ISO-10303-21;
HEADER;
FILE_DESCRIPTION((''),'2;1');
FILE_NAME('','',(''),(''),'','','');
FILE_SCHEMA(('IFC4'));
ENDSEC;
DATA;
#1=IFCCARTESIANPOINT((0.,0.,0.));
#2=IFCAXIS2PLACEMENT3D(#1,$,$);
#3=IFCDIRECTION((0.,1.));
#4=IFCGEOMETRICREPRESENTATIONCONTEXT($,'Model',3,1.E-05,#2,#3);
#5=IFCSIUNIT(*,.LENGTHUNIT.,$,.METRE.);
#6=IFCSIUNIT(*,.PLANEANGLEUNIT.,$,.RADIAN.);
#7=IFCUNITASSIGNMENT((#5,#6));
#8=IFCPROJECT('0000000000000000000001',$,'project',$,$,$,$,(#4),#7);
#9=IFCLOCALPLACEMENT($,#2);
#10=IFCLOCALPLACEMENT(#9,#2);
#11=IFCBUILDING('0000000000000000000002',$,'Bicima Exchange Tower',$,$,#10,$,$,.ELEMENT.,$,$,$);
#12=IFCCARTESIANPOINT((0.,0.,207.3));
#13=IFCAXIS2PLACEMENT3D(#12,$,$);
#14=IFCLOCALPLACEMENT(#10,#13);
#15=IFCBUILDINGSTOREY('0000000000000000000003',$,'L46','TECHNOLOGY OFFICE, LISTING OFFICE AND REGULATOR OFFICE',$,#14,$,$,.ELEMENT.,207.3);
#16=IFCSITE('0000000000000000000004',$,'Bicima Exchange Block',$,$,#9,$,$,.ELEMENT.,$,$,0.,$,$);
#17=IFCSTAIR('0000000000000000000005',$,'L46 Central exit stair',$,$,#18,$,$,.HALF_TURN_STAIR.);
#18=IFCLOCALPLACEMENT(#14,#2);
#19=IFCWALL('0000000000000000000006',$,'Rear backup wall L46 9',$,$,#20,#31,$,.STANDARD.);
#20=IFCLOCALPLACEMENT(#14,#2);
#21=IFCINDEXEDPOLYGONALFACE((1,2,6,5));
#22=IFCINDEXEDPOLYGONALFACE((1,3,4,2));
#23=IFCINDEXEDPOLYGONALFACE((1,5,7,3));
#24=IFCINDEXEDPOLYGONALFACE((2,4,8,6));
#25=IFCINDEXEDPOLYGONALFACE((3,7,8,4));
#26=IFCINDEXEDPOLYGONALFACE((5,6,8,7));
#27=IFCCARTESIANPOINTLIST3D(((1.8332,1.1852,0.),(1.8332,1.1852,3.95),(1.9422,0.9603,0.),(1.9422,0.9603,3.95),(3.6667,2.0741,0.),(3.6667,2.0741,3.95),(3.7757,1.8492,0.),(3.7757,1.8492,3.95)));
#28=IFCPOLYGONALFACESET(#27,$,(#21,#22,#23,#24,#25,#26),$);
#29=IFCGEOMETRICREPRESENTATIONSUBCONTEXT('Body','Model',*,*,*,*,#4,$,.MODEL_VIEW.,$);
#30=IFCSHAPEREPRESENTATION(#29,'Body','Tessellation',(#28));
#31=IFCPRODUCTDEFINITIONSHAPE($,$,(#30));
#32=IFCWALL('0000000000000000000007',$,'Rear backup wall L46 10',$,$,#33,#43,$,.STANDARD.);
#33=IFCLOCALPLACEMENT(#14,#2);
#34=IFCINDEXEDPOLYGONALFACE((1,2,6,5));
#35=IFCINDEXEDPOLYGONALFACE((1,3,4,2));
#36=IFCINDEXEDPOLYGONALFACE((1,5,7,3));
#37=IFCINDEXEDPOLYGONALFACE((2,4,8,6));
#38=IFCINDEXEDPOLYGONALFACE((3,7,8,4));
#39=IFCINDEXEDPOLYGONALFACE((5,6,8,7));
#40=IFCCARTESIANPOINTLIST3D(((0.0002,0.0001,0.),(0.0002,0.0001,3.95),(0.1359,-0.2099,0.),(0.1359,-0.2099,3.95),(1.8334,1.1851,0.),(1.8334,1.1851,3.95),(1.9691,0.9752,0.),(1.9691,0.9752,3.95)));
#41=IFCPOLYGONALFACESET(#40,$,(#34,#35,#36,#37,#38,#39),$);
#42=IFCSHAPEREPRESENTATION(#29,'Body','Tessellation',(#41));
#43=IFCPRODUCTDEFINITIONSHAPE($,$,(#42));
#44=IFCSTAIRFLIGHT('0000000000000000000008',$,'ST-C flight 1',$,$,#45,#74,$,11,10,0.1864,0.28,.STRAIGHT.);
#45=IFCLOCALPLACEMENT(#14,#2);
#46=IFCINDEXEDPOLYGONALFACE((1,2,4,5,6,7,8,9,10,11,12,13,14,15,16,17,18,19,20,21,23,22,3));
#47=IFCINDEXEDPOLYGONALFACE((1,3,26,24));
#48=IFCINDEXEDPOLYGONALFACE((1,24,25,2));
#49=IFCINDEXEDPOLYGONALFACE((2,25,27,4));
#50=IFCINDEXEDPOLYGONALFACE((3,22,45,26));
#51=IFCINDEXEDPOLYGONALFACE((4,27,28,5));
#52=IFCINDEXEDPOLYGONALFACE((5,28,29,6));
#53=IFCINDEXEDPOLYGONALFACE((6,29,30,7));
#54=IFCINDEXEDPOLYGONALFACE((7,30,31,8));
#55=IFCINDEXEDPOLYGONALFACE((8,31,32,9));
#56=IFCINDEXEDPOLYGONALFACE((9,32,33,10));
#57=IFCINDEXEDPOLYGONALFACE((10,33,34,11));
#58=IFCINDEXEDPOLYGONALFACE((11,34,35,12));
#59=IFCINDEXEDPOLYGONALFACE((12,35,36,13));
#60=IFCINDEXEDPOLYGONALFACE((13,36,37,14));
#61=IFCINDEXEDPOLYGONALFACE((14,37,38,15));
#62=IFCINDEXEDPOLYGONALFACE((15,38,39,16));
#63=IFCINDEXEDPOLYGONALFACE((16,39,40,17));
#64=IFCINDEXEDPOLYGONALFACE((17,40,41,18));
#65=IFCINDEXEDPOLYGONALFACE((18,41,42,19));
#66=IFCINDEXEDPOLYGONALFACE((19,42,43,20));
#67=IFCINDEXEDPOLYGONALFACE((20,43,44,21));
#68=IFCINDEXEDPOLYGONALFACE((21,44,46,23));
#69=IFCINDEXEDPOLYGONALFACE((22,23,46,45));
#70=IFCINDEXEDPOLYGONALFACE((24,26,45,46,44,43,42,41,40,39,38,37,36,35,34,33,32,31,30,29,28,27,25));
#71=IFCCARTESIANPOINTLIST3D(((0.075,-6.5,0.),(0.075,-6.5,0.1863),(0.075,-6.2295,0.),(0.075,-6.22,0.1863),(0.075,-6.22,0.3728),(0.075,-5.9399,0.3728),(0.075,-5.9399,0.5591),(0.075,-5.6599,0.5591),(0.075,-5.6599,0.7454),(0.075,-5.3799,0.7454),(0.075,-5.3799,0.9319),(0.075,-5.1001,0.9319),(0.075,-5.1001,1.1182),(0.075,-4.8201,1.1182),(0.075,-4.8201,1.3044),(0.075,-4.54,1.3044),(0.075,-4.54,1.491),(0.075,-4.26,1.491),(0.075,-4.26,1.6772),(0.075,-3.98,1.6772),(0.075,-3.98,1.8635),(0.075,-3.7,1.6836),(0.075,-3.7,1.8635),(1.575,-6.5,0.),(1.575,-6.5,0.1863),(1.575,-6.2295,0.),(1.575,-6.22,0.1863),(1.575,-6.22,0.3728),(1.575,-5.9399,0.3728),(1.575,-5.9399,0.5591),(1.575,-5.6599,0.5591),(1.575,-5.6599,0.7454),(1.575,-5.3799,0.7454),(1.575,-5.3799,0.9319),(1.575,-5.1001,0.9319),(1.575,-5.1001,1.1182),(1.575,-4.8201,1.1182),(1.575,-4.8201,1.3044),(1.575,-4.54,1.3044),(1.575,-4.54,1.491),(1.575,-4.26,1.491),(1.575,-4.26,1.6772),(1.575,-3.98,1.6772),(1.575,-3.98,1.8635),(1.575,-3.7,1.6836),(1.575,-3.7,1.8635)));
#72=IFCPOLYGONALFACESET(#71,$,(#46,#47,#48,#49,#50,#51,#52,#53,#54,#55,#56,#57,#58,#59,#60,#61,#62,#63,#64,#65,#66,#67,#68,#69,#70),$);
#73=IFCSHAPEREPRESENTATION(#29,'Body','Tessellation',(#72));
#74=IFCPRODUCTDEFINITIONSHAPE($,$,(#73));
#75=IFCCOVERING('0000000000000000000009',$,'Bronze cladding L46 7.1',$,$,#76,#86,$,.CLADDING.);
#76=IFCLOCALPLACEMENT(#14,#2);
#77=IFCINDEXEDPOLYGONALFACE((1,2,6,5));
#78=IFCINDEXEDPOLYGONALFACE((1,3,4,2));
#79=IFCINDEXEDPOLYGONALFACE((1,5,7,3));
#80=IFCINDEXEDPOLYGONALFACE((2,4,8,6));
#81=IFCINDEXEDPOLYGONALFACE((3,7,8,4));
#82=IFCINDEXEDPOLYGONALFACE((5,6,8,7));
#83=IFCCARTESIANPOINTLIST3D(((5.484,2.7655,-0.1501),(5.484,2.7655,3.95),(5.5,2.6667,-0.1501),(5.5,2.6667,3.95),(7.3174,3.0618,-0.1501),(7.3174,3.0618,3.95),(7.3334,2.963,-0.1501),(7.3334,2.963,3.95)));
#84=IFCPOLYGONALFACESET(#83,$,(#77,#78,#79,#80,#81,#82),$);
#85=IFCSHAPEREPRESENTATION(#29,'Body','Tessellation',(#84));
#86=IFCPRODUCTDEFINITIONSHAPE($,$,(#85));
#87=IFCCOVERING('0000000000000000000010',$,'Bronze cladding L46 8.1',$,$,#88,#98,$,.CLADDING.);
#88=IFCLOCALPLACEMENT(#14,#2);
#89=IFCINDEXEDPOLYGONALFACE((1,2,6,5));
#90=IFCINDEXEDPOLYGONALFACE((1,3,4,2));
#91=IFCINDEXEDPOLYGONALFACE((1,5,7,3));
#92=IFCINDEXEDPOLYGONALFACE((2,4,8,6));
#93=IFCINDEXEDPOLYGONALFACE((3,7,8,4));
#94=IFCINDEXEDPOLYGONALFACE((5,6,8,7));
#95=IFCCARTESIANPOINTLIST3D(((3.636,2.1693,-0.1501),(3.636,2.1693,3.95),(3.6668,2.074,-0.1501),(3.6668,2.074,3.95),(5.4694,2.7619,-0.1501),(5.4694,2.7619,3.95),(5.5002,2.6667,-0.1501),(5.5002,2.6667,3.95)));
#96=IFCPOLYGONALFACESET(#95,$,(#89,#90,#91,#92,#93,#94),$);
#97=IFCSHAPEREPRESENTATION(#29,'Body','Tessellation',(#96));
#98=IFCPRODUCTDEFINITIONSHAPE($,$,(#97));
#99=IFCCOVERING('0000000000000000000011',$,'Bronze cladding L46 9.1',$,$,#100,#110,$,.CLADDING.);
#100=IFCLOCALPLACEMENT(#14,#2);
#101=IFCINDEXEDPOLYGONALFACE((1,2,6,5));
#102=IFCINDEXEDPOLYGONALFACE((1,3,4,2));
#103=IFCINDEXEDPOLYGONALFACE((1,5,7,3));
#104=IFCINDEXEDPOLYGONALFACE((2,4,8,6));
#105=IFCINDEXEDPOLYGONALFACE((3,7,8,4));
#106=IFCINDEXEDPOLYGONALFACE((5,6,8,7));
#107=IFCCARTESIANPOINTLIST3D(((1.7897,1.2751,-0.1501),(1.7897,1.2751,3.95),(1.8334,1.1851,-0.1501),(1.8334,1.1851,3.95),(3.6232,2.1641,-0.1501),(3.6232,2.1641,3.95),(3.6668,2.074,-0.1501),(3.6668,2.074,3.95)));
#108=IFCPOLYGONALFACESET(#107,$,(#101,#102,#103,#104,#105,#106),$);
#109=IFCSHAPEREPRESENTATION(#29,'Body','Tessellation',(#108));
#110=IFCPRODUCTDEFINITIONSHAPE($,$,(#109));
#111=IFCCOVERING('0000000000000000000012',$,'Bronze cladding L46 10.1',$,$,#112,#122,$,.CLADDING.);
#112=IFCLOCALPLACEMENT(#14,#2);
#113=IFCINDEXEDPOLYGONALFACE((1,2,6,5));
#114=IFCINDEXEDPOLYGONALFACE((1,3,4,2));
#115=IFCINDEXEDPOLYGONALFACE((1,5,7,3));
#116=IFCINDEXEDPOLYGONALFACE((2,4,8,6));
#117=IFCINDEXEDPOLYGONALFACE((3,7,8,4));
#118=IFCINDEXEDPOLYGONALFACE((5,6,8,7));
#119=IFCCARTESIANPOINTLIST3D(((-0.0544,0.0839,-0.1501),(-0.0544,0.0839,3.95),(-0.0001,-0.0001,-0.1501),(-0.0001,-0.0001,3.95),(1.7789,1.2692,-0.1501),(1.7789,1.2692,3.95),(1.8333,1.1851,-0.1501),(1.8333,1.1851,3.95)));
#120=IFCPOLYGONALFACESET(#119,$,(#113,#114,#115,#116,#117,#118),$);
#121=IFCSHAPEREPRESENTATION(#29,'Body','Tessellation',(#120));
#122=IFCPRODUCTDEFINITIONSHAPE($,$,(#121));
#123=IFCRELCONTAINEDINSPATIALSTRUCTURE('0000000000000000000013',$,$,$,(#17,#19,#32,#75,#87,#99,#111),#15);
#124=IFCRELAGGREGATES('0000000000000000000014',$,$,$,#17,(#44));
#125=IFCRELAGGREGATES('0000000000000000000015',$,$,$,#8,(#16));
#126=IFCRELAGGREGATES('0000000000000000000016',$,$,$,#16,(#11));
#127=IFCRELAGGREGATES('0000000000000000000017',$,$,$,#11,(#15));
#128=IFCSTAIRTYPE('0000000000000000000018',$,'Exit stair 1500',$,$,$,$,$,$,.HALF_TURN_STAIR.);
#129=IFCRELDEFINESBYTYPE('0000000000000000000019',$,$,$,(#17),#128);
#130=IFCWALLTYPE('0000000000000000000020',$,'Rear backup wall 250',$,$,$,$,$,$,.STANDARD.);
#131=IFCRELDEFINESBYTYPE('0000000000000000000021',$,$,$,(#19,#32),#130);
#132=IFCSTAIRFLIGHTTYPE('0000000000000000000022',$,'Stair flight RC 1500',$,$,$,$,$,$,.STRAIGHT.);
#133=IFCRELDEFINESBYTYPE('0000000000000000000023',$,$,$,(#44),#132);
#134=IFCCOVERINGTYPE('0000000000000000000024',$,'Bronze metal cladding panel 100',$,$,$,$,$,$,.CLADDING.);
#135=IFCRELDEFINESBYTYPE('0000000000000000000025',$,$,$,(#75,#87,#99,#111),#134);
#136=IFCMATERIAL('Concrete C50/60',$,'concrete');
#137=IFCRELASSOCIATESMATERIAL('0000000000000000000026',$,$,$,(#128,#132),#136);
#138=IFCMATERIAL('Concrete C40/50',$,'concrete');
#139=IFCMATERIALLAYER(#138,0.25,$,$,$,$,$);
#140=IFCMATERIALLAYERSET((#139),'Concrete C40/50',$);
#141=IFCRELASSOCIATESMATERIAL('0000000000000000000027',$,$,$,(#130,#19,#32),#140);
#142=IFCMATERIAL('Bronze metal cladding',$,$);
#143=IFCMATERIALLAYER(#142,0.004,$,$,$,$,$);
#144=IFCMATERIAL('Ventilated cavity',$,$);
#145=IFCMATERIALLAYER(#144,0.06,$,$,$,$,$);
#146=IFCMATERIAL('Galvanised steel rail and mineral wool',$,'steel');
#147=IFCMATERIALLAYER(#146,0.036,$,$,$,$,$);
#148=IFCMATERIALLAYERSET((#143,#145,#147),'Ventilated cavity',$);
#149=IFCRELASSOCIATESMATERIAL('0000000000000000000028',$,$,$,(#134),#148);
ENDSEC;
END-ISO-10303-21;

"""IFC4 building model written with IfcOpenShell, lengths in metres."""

from ifc_helpers import new_model, si_unit, direction, frame, frame_2d, origin, origin_2d, place, context, subcontext, project, spatial, polyline, rectangle, outline, extrude, material, layer, layer_set, layer_usage, type_object, element, aggregate, save


model = new_model("IFC4")

# Units and contexts
model_context = context("Model", 3, precision=1e-05, world=origin(), true_north=direction((0.0, 1.0)))
body_context = subcontext(model_context, "Body", "Model", "MODEL_VIEW")
ifc_project = project(units=[si_unit("LENGTHUNIT", "METRE"), si_unit("PLANEANGLEUNIT", "RADIAN")], contexts=[model_context])

# Site, building, storey
site_placement = place(None, origin())
site = spatial("IfcSite", under=ifc_project, at=site_placement, Name="Bicima Exchange Block", CompositionType="ELEMENT", RefElevation=0.0)
building_placement = place(site_placement, origin())
building = spatial("IfcBuilding", under=site, at=building_placement, Name="Bicima Exchange Tower", CompositionType="ELEMENT")
storey_placement = place(building_placement, frame((0.0, 0.0, 207.3)))
storey = spatial("IfcBuildingStorey", under=building, at=storey_placement, Name="L46", Description="TECHNOLOGY OFFICE, LISTING OFFICE AND REGULATOR OFFICE", CompositionType="ELEMENT", Elevation=207.3)

# Shared definitions
ifc_material_1 = material(Name="Concrete C40/50", Category="concrete")

# Stair
ifc_material_2 = material(Name="Concrete C50/60", Category="concrete")
stair_type_1 = type_object("IfcStairType", Name="Exit stair 1500", PredefinedType="HALF_TURN_STAIR", material=ifc_material_2)
stair_1_placement = place(storey_placement, origin())
stair_1 = element("IfcStair", 1, at=stair_1_placement, inside=storey, type_object=stair_type_1, Name="L46 Central exit stair", PredefinedType="HALF_TURN_STAIR")

# Walls
ifc_layer_1 = layer(ifc_material_1, 0.25)
ifc_layer_set_1 = layer_set([ifc_layer_1], Name="Concrete C40/50")
ifc_layer_usage = layer_usage(ifc_layer_set_1, "AXIS2", "POSITIVE", -0.125)
wall_type_1 = type_object("IfcWallType", Name="Rear backup wall 250", PredefinedType="STANDARD", material=ifc_layer_set_1)
wall_1_placement = place(storey_placement, frame((3.7212, 1.9617, 0.0), z_axis=(0.0, 0.0, 1.0), x_axis=(-0.899824, -0.436253, 0.0)))
element("IfcWall", 2, at=wall_1_placement, inside=storey, type_object=wall_type_1, material=ifc_layer_usage, Name="Rear backup wall L46 9", PredefinedType="STANDARD", context=body_context, shape_type="SweptSolid", body=[
    extrude(rectangle(XDim=2.0376, YDim=0.25, at=frame_2d((1.0188, 0.0))), origin(), (0.0, 0.0, 1.0), 3.95),
])
wall_2_placement = place(storey_placement, frame((1.9011, 1.0801, 0.0), z_axis=(0.0, 0.0, 1.0), x_axis=(-0.839813, -0.542876, 0.0)))
element("IfcWall", 3, at=wall_2_placement, inside=storey, type_object=wall_type_1, material=ifc_layer_usage, Name="Rear backup wall L46 10", PredefinedType="STANDARD", context=body_context, shape_type="SweptSolid", body=[
    extrude(rectangle(XDim=2.1829, YDim=0.25, at=frame_2d((1.0913, 0.0))), origin(), (0.0, 0.0, 1.0), 3.95),
])

# Stair flight
stair_flight_type = type_object("IfcStairFlightType", Name="Stair flight RC 1500", PredefinedType="STRAIGHT", material=ifc_material_2)
stair_flight_placement = place(storey_placement, frame((0.825, -6.5, 0.0), z_axis=(0.0, 0.0, 1.0), x_axis=(0.0, 1.0, 0.0)))
stair_flight = element("IfcStairFlight", 4, at=stair_flight_placement, type_object=stair_flight_type, Name="ST-C flight 1", NumberOfRisers=11, NumberOfTreads=10, PredefinedType="STRAIGHT", RiserHeight=0.1864, TreadLength=0.28, context=body_context, shape_type="SweptSolid", body=[
    extrude(outline(polyline([(0.0, 0.0), (0.0, 0.1863), (0.28, 0.1863), (0.28, 0.3728), (0.5601, 0.3728), (0.5601, 0.5591), (0.8401, 0.5591), (0.8401, 0.7454), (1.1201, 0.7454), (1.1201, 0.9319), (1.3999, 0.9319), (1.3999, 1.1182), (1.6799, 1.1182), (1.6799, 1.3044), (1.96, 1.3044), (1.96, 1.491), (2.24, 1.491), (2.24, 1.6772), (2.52, 1.6772), (2.52, 1.8635), (2.8, 1.8635), (2.8, 2.05), (2.8, 1.6836), (0.2705, 0.0), (0.0, 0.0)])), frame((0.0, 0.75, 0.0), z_axis=(0.0, -1.0, 0.0), x_axis=(1.0, 0.0, 0.0)), (0.0, 0.0, 1.0), 1.5),
])
aggregate(stair_1, [stair_flight])

# Coverings
ifc_material_3 = material(Name="Bronze metal cladding")
ifc_layer_2 = layer(ifc_material_3, 0.004)
ifc_material_4 = material(Name="Ventilated cavity")
ifc_layer_3 = layer(ifc_material_4, 0.06)
ifc_material_5 = material(Name="Galvanised steel rail and mineral wool", Category="steel")
ifc_layer_4 = layer(ifc_material_5, 0.036)
ifc_layer_set_2 = layer_set([ifc_layer_2, ifc_layer_3, ifc_layer_4], Name="Ventilated cavity")
covering_type = type_object("IfcCoveringType", Name="Bronze metal cladding panel 100", PredefinedType="CLADDING", material=ifc_layer_set_2)
covering_1_placement = place(storey_placement, frame((6.4087, 2.8643, -0.1501), z_axis=(0.0, 0.0, 1.0), x_axis=(-0.98719, -0.15955, 0.0)))
element("IfcCovering", 5, at=covering_1_placement, inside=storey, type_object=covering_type, Name="Bronze cladding L46 7.1", PredefinedType="CLADDING", context=body_context, shape_type="SweptSolid", body=[
    extrude(rectangle(XDim=1.8572, YDim=0.1001, at=origin_2d()), origin(), (0.0, 0.0, 1.0), 4.1001),
])
covering_2_placement = place(storey_placement, frame((4.5681, 2.418, -0.1501), z_axis=(0.0, 0.0, 1.0), x_axis=(-0.951525, -0.307573, 0.0)))
element("IfcCovering", 6, at=covering_2_placement, inside=storey, type_object=covering_type, Name="Bronze cladding L46 8.1", PredefinedType="CLADDING", context=body_context, shape_type="SweptSolid", body=[
    extrude(rectangle(XDim=1.9268, YDim=0.1001, at=origin_2d()), origin(), (0.0, 0.0, 1.0), 4.1001),
])
covering_3_placement = place(storey_placement, frame((2.7283, 1.6746, -0.1501), z_axis=(0.0, 0.0, 1.0), x_axis=(-0.899818, -0.436265, 0.0)))
element("IfcCovering", 7, at=covering_3_placement, inside=storey, type_object=covering_type, Name="Bronze cladding L46 9.1", PredefinedType="CLADDING", context=body_context, shape_type="SweptSolid", body=[
    extrude(rectangle(XDim=2.0376, YDim=0.1001, at=origin_2d()), origin(), (0.0, 0.0, 1.0), 4.1001),
])
covering_4_placement = place(storey_placement, frame((0.8894, 0.6345, -0.1501), z_axis=(0.0, 0.0, 1.0), x_axis=(-0.83979, -0.542911, 0.0)))
element("IfcCovering", 8, at=covering_4_placement, inside=storey, type_object=covering_type, Name="Bronze cladding L46 10.1", PredefinedType="CLADDING", context=body_context, shape_type="SweptSolid", body=[
    extrude(rectangle(XDim=2.1831, YDim=0.1001, at=origin_2d()), origin(), (0.0, 0.0, 1.0), 4.1001),
])

save(model, "model.ifc")
